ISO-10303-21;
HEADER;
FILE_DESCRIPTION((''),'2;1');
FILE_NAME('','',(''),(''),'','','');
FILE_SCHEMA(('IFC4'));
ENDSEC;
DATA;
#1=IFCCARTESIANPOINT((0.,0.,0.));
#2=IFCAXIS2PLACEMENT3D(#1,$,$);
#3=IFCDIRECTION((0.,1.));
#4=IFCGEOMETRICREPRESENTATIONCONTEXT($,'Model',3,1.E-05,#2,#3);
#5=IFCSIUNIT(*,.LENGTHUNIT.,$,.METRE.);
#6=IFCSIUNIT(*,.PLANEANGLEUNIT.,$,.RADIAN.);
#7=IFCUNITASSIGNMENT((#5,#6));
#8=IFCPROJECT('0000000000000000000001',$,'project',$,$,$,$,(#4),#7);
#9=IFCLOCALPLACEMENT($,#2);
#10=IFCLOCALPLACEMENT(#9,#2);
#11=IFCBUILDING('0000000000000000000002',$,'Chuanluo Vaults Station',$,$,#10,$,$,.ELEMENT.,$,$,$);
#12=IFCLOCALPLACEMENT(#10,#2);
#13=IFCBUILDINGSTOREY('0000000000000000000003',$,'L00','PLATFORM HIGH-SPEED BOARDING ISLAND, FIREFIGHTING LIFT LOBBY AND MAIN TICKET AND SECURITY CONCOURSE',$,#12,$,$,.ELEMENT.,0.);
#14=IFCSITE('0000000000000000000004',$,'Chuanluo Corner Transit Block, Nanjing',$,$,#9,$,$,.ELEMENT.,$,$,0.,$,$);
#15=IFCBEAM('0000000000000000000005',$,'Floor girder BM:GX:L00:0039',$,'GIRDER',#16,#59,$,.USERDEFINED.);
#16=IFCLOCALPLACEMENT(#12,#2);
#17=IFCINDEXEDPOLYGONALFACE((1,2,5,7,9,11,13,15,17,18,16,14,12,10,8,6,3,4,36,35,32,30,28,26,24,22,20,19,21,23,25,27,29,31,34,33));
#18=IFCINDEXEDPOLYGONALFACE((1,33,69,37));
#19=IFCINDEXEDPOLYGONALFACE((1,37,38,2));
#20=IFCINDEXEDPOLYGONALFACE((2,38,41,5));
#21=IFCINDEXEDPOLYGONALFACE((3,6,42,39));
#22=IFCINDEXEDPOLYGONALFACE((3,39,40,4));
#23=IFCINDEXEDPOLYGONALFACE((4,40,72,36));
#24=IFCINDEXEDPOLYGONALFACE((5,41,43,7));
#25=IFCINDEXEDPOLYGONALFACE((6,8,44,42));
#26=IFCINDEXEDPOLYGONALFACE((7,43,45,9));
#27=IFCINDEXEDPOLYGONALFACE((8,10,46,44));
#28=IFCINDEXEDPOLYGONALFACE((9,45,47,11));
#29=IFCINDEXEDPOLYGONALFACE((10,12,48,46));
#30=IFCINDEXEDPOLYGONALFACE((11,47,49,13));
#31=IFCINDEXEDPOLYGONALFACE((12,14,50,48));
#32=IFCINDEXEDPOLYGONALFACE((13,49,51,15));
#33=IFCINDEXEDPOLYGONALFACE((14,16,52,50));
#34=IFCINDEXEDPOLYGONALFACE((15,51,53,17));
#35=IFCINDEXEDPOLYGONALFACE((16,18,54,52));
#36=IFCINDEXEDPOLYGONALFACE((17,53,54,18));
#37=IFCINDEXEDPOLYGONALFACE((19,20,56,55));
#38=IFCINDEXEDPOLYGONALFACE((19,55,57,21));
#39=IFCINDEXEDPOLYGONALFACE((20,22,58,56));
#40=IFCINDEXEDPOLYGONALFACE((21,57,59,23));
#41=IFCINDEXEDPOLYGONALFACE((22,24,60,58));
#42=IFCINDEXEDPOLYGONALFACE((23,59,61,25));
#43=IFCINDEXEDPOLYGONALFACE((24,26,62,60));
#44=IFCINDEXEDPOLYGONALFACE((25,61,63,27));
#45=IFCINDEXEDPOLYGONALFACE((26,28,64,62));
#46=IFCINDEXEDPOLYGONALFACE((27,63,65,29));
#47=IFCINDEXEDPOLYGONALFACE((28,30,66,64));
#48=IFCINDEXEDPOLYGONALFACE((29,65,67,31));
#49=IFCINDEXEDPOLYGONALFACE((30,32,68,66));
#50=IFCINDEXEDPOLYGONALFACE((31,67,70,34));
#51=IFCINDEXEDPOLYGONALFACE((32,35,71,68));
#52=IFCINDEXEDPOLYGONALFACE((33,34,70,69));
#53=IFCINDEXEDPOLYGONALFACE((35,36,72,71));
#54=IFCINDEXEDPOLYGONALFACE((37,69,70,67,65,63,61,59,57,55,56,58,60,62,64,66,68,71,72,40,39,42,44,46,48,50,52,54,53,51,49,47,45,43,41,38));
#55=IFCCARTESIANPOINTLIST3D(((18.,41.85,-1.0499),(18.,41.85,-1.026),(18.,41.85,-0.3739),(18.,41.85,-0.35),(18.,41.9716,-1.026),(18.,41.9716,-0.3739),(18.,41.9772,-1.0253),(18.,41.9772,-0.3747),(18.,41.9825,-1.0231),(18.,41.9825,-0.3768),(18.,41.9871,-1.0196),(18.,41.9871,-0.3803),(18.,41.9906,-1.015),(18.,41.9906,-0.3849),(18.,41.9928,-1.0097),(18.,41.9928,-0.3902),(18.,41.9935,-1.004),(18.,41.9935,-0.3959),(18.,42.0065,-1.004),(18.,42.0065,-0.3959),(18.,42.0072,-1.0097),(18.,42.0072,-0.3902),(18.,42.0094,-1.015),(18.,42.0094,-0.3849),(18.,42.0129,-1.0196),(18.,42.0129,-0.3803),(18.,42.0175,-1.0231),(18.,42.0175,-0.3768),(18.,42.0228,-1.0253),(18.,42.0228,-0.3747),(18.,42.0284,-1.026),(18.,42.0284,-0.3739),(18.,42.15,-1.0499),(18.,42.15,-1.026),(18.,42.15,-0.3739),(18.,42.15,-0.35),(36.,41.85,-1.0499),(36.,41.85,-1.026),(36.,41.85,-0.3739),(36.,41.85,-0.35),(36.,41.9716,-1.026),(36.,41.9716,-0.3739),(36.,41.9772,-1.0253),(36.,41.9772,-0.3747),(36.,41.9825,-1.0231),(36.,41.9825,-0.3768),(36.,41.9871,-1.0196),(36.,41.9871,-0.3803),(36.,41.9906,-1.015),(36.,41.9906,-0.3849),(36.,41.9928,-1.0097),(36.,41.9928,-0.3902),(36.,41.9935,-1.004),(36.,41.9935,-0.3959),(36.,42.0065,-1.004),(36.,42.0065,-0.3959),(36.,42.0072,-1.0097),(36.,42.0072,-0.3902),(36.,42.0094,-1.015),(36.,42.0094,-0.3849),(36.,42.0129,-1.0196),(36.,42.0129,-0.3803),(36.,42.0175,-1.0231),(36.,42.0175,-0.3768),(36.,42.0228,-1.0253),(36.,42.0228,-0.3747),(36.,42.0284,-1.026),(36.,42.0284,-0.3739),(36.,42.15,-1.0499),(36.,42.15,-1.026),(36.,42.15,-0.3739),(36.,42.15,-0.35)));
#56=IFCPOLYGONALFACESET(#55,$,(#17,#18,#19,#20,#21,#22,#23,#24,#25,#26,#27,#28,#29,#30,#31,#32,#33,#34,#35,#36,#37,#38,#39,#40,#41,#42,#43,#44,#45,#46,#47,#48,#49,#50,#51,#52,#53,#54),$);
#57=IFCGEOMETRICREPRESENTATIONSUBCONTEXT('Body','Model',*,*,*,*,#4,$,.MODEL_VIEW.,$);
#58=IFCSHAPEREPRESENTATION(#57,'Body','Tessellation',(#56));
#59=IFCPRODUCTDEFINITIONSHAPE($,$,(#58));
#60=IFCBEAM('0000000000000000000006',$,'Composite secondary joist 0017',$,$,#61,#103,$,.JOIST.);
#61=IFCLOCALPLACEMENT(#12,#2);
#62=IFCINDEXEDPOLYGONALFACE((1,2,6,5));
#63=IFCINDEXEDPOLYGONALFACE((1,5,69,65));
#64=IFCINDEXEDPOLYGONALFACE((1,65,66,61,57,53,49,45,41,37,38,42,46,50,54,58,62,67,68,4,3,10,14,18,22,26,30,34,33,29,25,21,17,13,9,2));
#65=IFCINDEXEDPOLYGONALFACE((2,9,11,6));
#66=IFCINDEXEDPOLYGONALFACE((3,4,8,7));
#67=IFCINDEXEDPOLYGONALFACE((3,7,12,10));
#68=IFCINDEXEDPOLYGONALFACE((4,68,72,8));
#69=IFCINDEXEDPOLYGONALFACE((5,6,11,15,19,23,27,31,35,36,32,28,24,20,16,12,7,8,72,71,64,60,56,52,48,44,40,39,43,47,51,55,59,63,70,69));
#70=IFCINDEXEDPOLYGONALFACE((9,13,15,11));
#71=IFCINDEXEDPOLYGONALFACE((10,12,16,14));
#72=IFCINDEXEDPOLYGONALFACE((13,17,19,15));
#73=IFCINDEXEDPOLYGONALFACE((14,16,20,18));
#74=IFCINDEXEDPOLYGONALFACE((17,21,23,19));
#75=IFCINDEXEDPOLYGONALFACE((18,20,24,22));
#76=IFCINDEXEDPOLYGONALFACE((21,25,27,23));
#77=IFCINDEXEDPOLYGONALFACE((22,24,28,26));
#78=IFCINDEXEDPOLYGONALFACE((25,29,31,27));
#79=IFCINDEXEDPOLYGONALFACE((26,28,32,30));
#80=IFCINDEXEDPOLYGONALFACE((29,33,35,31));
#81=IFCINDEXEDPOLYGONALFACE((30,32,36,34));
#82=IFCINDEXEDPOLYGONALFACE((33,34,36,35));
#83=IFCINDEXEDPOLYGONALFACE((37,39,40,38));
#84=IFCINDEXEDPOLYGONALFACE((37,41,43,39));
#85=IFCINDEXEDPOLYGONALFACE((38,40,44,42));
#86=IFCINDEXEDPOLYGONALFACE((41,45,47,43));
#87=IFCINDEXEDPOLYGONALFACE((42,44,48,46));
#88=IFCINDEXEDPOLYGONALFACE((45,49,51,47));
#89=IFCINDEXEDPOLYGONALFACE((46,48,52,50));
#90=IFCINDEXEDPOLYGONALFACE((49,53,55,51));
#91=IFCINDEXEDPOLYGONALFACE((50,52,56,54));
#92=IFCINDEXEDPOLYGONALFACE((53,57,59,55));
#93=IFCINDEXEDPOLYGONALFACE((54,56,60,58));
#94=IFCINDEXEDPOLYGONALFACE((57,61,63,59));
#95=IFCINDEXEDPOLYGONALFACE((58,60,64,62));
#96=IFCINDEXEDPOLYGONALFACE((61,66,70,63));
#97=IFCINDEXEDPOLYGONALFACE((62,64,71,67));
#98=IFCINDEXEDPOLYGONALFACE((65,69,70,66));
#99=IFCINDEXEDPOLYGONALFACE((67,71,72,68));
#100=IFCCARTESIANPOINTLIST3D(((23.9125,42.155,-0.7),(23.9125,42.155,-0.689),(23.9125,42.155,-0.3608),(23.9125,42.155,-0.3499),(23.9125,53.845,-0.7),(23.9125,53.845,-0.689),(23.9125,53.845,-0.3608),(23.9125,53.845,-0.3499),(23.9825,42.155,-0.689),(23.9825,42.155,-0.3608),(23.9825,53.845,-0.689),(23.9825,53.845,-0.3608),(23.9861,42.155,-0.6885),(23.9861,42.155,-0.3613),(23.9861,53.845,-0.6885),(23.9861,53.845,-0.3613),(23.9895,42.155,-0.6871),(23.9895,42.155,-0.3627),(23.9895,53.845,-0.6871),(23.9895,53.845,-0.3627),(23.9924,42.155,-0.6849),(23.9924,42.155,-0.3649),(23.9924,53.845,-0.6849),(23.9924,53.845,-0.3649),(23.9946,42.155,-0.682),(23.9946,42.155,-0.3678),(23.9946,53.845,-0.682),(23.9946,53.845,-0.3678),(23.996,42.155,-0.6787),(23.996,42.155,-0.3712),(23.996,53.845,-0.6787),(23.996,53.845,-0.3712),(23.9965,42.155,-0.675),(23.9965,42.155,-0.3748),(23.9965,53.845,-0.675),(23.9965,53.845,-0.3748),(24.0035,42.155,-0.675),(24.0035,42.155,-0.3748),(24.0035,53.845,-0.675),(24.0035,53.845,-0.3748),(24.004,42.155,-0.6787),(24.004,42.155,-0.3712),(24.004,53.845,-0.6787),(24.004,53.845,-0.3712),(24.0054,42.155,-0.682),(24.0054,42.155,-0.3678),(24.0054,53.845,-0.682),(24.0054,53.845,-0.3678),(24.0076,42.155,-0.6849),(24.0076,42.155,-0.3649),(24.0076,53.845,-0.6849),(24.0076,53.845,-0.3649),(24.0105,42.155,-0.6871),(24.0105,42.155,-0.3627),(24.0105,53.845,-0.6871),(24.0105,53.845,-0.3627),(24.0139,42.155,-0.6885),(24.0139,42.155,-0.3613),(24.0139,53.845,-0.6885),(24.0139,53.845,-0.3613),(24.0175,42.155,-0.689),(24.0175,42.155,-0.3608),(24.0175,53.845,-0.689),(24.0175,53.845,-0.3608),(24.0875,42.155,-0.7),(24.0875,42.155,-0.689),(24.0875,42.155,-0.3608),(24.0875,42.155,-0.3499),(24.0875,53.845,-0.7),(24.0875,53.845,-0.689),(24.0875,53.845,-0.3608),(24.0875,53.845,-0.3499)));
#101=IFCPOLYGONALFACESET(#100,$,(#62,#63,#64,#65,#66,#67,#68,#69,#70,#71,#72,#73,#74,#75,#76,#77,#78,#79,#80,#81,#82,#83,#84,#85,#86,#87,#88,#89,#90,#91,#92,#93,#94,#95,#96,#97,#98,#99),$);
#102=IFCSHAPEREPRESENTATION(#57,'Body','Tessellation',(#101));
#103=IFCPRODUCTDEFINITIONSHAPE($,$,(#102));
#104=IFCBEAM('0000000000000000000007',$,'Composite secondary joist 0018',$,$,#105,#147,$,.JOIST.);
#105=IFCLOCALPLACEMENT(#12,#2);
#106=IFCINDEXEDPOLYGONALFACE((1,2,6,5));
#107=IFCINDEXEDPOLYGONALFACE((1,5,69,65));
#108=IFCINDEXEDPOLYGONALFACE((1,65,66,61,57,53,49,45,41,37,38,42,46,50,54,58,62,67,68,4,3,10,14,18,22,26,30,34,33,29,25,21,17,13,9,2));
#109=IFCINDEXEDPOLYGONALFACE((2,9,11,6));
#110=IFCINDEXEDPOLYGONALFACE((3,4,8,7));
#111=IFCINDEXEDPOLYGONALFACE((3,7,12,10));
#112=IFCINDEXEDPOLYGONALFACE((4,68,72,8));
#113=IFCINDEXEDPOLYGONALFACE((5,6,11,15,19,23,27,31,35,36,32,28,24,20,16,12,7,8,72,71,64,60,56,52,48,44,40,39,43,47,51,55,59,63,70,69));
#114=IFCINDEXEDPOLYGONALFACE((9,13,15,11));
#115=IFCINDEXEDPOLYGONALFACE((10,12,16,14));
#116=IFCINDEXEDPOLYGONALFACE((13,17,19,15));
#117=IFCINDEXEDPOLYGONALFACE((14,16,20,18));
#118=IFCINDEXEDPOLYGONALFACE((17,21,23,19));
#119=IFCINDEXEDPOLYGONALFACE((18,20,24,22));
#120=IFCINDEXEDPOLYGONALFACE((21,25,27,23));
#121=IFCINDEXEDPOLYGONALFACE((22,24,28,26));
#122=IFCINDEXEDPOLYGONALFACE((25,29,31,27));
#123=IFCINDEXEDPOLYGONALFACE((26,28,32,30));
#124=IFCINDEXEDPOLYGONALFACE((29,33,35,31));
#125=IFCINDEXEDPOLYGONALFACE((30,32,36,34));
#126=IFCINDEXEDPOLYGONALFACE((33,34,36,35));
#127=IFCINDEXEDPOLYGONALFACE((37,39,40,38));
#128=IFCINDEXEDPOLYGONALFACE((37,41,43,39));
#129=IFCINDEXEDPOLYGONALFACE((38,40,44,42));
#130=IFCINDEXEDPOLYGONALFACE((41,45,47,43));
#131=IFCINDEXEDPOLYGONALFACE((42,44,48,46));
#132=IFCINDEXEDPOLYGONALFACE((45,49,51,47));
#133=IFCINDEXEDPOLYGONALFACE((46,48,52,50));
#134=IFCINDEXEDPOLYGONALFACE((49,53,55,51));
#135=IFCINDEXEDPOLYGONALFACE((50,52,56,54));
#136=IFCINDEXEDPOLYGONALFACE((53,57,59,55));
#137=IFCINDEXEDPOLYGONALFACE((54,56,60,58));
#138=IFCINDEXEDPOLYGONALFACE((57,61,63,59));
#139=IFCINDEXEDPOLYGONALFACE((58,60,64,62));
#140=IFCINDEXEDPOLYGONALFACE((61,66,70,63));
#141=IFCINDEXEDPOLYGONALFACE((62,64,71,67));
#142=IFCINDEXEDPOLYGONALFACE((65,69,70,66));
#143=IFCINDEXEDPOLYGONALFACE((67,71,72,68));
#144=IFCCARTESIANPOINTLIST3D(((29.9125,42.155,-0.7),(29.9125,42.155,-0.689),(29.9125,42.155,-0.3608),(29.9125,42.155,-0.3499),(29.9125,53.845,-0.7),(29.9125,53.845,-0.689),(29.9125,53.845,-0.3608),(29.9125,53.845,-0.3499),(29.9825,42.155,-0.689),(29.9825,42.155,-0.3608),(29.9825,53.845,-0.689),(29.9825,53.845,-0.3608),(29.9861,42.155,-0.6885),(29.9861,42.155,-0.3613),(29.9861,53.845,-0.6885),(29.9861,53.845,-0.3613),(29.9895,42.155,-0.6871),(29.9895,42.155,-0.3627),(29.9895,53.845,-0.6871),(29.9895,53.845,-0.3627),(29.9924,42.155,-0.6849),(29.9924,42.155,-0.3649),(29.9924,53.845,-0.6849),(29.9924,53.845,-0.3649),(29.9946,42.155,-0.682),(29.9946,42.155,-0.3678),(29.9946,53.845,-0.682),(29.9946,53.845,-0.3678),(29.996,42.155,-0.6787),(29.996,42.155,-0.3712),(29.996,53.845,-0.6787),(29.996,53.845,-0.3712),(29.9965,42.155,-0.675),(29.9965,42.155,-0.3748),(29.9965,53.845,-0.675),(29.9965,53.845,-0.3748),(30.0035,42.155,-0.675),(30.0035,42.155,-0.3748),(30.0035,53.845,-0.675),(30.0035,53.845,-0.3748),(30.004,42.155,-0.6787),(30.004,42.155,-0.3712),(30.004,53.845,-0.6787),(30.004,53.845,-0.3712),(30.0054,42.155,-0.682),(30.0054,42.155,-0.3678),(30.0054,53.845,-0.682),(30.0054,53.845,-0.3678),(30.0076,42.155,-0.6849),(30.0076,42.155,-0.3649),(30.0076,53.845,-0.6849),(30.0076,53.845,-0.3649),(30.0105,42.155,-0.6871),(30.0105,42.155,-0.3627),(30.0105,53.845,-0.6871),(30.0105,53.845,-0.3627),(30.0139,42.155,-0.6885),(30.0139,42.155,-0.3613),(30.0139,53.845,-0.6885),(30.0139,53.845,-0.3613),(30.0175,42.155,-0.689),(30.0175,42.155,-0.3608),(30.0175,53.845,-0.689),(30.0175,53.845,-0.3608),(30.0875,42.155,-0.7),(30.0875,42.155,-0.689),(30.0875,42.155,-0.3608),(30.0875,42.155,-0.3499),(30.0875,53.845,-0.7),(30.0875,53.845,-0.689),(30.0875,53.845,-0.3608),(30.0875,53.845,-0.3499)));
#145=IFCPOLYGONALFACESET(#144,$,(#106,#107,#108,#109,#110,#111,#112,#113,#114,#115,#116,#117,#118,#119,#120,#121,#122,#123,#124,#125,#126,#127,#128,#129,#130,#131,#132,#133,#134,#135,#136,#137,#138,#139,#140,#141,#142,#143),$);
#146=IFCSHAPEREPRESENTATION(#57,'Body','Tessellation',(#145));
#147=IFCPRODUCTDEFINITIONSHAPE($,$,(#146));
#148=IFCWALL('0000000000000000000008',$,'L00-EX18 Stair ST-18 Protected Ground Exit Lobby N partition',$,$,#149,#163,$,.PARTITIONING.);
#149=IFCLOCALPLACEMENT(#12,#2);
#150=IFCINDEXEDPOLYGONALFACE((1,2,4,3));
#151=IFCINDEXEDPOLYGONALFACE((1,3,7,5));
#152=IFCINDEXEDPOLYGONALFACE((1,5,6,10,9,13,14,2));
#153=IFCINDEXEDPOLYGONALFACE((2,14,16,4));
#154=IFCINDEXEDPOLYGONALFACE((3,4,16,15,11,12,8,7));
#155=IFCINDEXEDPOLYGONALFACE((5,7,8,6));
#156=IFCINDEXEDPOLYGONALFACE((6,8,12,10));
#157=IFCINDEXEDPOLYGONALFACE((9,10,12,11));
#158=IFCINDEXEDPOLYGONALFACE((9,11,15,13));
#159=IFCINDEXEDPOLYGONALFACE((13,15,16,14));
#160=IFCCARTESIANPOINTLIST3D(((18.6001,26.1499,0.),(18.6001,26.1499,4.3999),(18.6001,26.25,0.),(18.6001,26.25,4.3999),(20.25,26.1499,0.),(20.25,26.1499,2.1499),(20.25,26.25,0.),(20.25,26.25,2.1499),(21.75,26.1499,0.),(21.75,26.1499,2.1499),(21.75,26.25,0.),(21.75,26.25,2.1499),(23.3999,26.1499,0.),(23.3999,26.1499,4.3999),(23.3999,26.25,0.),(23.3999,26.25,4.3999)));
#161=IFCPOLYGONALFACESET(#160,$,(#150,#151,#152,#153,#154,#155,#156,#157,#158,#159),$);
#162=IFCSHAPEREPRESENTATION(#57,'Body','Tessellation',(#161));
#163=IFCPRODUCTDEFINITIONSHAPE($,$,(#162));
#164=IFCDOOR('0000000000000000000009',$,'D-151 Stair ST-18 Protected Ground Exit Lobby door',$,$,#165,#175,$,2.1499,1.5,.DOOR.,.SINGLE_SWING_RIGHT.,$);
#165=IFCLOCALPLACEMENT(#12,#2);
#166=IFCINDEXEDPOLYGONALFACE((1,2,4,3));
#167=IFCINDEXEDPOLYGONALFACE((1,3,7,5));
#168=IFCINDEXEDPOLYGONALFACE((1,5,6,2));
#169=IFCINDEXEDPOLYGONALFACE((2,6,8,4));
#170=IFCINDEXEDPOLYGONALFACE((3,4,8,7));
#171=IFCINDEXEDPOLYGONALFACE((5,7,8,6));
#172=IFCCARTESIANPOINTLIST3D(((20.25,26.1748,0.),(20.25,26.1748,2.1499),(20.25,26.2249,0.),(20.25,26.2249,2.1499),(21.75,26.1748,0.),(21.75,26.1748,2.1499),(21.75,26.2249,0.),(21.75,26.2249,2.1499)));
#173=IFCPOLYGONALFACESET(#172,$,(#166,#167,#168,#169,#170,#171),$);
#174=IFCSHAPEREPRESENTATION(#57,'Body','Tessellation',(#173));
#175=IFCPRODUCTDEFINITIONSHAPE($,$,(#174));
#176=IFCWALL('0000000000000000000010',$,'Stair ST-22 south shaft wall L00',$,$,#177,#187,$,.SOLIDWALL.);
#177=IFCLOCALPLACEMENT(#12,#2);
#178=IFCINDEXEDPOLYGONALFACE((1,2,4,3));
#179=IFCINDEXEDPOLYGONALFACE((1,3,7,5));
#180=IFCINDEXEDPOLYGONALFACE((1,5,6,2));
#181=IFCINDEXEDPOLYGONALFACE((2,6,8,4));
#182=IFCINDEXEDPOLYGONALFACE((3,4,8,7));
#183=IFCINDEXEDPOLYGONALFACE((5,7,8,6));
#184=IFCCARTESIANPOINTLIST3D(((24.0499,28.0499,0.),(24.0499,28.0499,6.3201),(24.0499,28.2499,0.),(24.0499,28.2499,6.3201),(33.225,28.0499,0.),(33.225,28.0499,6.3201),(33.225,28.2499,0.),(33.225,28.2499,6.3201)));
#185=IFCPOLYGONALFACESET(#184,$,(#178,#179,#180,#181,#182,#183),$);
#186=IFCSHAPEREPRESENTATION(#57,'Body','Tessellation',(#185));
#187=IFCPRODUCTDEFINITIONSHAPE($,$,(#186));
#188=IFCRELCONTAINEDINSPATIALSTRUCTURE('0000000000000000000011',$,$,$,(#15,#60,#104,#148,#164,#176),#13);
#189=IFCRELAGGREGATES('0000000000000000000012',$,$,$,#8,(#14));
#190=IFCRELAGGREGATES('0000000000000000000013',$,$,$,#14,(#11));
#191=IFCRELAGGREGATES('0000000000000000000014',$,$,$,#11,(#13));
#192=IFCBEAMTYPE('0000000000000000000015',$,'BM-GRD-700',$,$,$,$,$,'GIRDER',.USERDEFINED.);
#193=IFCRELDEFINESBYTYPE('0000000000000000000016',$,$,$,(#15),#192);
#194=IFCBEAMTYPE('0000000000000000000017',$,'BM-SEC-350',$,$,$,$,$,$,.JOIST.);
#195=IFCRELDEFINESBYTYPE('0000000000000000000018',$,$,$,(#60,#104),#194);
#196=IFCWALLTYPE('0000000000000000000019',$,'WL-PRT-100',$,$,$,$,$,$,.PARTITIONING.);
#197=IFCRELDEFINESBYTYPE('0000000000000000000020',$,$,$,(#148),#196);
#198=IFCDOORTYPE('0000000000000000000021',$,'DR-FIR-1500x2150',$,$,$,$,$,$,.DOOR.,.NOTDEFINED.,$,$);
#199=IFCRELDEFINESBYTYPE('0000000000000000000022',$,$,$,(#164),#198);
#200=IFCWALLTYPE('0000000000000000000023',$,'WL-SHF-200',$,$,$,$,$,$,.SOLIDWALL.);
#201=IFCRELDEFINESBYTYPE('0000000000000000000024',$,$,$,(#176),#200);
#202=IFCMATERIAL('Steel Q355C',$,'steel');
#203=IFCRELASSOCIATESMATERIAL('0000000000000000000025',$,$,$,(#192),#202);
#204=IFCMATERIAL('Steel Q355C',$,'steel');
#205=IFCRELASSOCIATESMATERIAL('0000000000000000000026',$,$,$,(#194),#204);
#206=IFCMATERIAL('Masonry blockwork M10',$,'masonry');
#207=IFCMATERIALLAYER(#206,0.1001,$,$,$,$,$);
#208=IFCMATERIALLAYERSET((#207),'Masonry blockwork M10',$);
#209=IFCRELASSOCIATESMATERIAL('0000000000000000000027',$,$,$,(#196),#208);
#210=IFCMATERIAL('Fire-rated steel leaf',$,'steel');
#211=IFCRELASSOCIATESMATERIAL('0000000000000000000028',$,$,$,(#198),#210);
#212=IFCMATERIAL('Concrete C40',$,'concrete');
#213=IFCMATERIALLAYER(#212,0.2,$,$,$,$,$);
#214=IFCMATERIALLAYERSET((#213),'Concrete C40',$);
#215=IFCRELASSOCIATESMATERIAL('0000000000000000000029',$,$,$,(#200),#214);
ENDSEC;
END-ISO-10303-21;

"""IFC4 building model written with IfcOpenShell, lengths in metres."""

from ifc_helpers import new_model, si_unit, direction, frame, frame_2d, origin, origin_2d, place, context, subcontext, project, spatial, rectangle, i_section, extrude, material, layer, layer_set, material_profile, profile_set, type_object, element, fill, save


model = new_model("IFC4")

# Units and contexts
model_context = context("Model", 3, precision=1e-05, world=origin(), true_north=direction((0.0, 1.0)))
body_context = subcontext(model_context, "Body", "Model", "MODEL_VIEW")
ifc_project = project(units=[si_unit("LENGTHUNIT", "METRE"), si_unit("PLANEANGLEUNIT", "RADIAN")], contexts=[model_context])

# Site, building, storey
site_placement = place(None, origin())
site = spatial("IfcSite", under=ifc_project, at=site_placement, Name="Chuanluo Corner Transit Block, Nanjing", CompositionType="ELEMENT", RefElevation=0.0)
building_placement = place(site_placement, origin())
building = spatial("IfcBuilding", under=site, at=building_placement, Name="Chuanluo Vaults Station", CompositionType="ELEMENT")
storey_placement = place(building_placement, origin())
storey = spatial("IfcBuildingStorey", under=building, at=storey_placement, Name="L00", Description="PLATFORM HIGH-SPEED BOARDING ISLAND, FIREFIGHTING LIFT LOBBY AND MAIN TICKET AND SECURITY CONCOURSE", CompositionType="ELEMENT", Elevation=0.0)

# Beams
ifc_material_1 = material(Name="Steel Q355C", Category="steel")
ifc_material_profile_1 = material_profile(ifc_material_1, i_section(OverallWidth=0.3, OverallDepth=0.7, WebThickness=0.0129, FlangeThickness=0.0239, FilletRadius=0.022, at=origin_2d()))
ifc_profile_set_1 = profile_set([ifc_material_profile_1], Name="Steel Q355C")
beam_type_1 = type_object("IfcBeamType", Name="BM-GRD-700", ElementType="GIRDER", PredefinedType="USERDEFINED", material=ifc_profile_set_1)
for number, where, z_axis, x_axis, name in (
    (1, (18.0, 42.0, -0.7), (1.0, 0.0, 0.0), (0.0, 1.0, 0.0), "Floor girder BM:GX:L00:0039"),
):
    element("IfcBeam", number, at=place(storey_placement, frame(where, z_axis=z_axis, x_axis=x_axis)), inside=storey, type_object=beam_type_1, Name=name, ObjectType="GIRDER", PredefinedType="USERDEFINED", context=body_context, shape_type="SweptSolid", body=[
        extrude(i_section(OverallWidth=0.3, OverallDepth=0.7, WebThickness=0.0129, FlangeThickness=0.0239, FilletRadius=0.022, at=origin_2d()), origin(), (0.0, 0.0, 1.0), 18.0),
    ])
ifc_material_2 = material(Name="Steel Q355C", Category="steel")
ifc_material_profile_2 = material_profile(ifc_material_2, i_section(OverallWidth=0.175, OverallDepth=0.3501, WebThickness=0.0071, FlangeThickness=0.011, FilletRadius=0.0139, at=origin_2d()))
ifc_profile_set_2 = profile_set([ifc_material_profile_2], Name="Steel Q355C")
beam_type_2 = type_object("IfcBeamType", Name="BM-SEC-350", PredefinedType="JOIST", material=ifc_profile_set_2)
for number, where, z_axis, x_axis, name in (
    (2, (24.0, 42.155, -0.5249), (0.0, 1.0, 0.0), (-1.0, 0.0, 0.0), "Composite secondary joist 0017"),
    (3, (30.0, 42.155, -0.5249), (0.0, 1.0, 0.0), (-1.0, 0.0, 0.0), "Composite secondary joist 0018"),
):
    element("IfcBeam", number, at=place(storey_placement, frame(where, z_axis=z_axis, x_axis=x_axis)), inside=storey, type_object=beam_type_2, Name=name, PredefinedType="JOIST", context=body_context, shape_type="SweptSolid", body=[
        extrude(i_section(OverallWidth=0.175, OverallDepth=0.3501, WebThickness=0.0071, FlangeThickness=0.011, FilletRadius=0.0139, at=origin_2d()), origin(), (0.0, 0.0, 1.0), 11.6899),
    ])

# Wall, opening, door
ifc_material_3 = material(Name="Masonry blockwork M10", Category="masonry")
ifc_layer_1 = layer(ifc_material_3, 0.1001)
ifc_layer_set_1 = layer_set([ifc_layer_1], Name="Masonry blockwork M10")
wall_type_1 = type_object("IfcWallType", Name="WL-PRT-100", PredefinedType="PARTITIONING", material=ifc_layer_set_1)
wall_1_placement = place(storey_placement, frame((18.6001, 26.2, 0.0), z_axis=(0.0, 0.0, 1.0), x_axis=(1.0, 0.0, 0.0)))
wall_1 = element("IfcWall", 4, at=wall_1_placement, inside=storey, type_object=wall_type_1, Name="L00-EX18 Stair ST-18 Protected Ground Exit Lobby N partition", PredefinedType="PARTITIONING", context=body_context, shape_type="SweptSolid", body=[
    extrude(rectangle(XDim=4.7998, YDim=0.1001, at=frame_2d((2.3999, 0.0))), origin(), (0.0, 0.0, 1.0), 4.3999),
])
opening_1_placement = place(wall_1_placement, frame((1.6499, 0.0, 0.0)))
opening_1 = element("IfcOpeningElement", 5, at=opening_1_placement, cuts=wall_1, PredefinedType="OPENING", context=body_context, shape_type="SweptSolid", body=[
    extrude(rectangle(XDim=1.5, YDim=2.1499, at=frame_2d((0.75, 1.075))), frame((0.0, 0.06, 0.0), z_axis=(0.0, -1.0, 0.0), x_axis=(1.0, 0.0, 0.0)), (0.0, 0.0, 1.0), 0.1201),
])
ifc_material_4 = material(Name="Fire-rated steel leaf", Category="steel")
door_type_1 = type_object("IfcDoorType", Name="DR-FIR-1500x2150", OperationType="NOTDEFINED", PredefinedType="DOOR", material=ifc_material_4)
door_1_placement = place(opening_1_placement, origin())
door_1 = element("IfcDoor", 6, at=door_1_placement, inside=storey, type_object=door_type_1, Name="D-151 Stair ST-18 Protected Ground Exit Lobby door", OperationType="SINGLE_SWING_RIGHT", OverallHeight=2.1499, OverallWidth=1.5, PredefinedType="DOOR", context=body_context, shape_type="SweptSolid", body=[
    extrude(rectangle(XDim=1.5, YDim=2.1499, at=frame_2d((0.75, 1.075))), frame((0.0, 0.0249, 0.0), z_axis=(0.0, -1.0, 0.0), x_axis=(1.0, 0.0, 0.0)), (0.0, 0.0, 1.0), 0.05),
])
fill(opening_1, door_1)
ifc_material_5 = material(Name="Concrete C40", Category="concrete")
ifc_layer_2 = layer(ifc_material_5, 0.2)
ifc_layer_set_2 = layer_set([ifc_layer_2], Name="Concrete C40")
wall_type_2 = type_object("IfcWallType", Name="WL-SHF-200", PredefinedType="SOLIDWALL", material=ifc_layer_set_2)

# Wall
wall_2_placement = place(storey_placement, frame((24.05, 28.1499, 0.0), z_axis=(0.0, 0.0, 1.0), x_axis=(1.0, 0.0, 0.0)))
element("IfcWall", 7, at=wall_2_placement, inside=storey, type_object=wall_type_2, Name="Stair ST-22 south shaft wall L00", PredefinedType="SOLIDWALL", context=body_context, shape_type="SweptSolid", body=[
    extrude(rectangle(XDim=9.175, YDim=0.2, at=frame_2d((4.5874, 0.0))), origin(), (0.0, 0.0, 1.0), 6.3201),
])

save(model, "model.ifc")
